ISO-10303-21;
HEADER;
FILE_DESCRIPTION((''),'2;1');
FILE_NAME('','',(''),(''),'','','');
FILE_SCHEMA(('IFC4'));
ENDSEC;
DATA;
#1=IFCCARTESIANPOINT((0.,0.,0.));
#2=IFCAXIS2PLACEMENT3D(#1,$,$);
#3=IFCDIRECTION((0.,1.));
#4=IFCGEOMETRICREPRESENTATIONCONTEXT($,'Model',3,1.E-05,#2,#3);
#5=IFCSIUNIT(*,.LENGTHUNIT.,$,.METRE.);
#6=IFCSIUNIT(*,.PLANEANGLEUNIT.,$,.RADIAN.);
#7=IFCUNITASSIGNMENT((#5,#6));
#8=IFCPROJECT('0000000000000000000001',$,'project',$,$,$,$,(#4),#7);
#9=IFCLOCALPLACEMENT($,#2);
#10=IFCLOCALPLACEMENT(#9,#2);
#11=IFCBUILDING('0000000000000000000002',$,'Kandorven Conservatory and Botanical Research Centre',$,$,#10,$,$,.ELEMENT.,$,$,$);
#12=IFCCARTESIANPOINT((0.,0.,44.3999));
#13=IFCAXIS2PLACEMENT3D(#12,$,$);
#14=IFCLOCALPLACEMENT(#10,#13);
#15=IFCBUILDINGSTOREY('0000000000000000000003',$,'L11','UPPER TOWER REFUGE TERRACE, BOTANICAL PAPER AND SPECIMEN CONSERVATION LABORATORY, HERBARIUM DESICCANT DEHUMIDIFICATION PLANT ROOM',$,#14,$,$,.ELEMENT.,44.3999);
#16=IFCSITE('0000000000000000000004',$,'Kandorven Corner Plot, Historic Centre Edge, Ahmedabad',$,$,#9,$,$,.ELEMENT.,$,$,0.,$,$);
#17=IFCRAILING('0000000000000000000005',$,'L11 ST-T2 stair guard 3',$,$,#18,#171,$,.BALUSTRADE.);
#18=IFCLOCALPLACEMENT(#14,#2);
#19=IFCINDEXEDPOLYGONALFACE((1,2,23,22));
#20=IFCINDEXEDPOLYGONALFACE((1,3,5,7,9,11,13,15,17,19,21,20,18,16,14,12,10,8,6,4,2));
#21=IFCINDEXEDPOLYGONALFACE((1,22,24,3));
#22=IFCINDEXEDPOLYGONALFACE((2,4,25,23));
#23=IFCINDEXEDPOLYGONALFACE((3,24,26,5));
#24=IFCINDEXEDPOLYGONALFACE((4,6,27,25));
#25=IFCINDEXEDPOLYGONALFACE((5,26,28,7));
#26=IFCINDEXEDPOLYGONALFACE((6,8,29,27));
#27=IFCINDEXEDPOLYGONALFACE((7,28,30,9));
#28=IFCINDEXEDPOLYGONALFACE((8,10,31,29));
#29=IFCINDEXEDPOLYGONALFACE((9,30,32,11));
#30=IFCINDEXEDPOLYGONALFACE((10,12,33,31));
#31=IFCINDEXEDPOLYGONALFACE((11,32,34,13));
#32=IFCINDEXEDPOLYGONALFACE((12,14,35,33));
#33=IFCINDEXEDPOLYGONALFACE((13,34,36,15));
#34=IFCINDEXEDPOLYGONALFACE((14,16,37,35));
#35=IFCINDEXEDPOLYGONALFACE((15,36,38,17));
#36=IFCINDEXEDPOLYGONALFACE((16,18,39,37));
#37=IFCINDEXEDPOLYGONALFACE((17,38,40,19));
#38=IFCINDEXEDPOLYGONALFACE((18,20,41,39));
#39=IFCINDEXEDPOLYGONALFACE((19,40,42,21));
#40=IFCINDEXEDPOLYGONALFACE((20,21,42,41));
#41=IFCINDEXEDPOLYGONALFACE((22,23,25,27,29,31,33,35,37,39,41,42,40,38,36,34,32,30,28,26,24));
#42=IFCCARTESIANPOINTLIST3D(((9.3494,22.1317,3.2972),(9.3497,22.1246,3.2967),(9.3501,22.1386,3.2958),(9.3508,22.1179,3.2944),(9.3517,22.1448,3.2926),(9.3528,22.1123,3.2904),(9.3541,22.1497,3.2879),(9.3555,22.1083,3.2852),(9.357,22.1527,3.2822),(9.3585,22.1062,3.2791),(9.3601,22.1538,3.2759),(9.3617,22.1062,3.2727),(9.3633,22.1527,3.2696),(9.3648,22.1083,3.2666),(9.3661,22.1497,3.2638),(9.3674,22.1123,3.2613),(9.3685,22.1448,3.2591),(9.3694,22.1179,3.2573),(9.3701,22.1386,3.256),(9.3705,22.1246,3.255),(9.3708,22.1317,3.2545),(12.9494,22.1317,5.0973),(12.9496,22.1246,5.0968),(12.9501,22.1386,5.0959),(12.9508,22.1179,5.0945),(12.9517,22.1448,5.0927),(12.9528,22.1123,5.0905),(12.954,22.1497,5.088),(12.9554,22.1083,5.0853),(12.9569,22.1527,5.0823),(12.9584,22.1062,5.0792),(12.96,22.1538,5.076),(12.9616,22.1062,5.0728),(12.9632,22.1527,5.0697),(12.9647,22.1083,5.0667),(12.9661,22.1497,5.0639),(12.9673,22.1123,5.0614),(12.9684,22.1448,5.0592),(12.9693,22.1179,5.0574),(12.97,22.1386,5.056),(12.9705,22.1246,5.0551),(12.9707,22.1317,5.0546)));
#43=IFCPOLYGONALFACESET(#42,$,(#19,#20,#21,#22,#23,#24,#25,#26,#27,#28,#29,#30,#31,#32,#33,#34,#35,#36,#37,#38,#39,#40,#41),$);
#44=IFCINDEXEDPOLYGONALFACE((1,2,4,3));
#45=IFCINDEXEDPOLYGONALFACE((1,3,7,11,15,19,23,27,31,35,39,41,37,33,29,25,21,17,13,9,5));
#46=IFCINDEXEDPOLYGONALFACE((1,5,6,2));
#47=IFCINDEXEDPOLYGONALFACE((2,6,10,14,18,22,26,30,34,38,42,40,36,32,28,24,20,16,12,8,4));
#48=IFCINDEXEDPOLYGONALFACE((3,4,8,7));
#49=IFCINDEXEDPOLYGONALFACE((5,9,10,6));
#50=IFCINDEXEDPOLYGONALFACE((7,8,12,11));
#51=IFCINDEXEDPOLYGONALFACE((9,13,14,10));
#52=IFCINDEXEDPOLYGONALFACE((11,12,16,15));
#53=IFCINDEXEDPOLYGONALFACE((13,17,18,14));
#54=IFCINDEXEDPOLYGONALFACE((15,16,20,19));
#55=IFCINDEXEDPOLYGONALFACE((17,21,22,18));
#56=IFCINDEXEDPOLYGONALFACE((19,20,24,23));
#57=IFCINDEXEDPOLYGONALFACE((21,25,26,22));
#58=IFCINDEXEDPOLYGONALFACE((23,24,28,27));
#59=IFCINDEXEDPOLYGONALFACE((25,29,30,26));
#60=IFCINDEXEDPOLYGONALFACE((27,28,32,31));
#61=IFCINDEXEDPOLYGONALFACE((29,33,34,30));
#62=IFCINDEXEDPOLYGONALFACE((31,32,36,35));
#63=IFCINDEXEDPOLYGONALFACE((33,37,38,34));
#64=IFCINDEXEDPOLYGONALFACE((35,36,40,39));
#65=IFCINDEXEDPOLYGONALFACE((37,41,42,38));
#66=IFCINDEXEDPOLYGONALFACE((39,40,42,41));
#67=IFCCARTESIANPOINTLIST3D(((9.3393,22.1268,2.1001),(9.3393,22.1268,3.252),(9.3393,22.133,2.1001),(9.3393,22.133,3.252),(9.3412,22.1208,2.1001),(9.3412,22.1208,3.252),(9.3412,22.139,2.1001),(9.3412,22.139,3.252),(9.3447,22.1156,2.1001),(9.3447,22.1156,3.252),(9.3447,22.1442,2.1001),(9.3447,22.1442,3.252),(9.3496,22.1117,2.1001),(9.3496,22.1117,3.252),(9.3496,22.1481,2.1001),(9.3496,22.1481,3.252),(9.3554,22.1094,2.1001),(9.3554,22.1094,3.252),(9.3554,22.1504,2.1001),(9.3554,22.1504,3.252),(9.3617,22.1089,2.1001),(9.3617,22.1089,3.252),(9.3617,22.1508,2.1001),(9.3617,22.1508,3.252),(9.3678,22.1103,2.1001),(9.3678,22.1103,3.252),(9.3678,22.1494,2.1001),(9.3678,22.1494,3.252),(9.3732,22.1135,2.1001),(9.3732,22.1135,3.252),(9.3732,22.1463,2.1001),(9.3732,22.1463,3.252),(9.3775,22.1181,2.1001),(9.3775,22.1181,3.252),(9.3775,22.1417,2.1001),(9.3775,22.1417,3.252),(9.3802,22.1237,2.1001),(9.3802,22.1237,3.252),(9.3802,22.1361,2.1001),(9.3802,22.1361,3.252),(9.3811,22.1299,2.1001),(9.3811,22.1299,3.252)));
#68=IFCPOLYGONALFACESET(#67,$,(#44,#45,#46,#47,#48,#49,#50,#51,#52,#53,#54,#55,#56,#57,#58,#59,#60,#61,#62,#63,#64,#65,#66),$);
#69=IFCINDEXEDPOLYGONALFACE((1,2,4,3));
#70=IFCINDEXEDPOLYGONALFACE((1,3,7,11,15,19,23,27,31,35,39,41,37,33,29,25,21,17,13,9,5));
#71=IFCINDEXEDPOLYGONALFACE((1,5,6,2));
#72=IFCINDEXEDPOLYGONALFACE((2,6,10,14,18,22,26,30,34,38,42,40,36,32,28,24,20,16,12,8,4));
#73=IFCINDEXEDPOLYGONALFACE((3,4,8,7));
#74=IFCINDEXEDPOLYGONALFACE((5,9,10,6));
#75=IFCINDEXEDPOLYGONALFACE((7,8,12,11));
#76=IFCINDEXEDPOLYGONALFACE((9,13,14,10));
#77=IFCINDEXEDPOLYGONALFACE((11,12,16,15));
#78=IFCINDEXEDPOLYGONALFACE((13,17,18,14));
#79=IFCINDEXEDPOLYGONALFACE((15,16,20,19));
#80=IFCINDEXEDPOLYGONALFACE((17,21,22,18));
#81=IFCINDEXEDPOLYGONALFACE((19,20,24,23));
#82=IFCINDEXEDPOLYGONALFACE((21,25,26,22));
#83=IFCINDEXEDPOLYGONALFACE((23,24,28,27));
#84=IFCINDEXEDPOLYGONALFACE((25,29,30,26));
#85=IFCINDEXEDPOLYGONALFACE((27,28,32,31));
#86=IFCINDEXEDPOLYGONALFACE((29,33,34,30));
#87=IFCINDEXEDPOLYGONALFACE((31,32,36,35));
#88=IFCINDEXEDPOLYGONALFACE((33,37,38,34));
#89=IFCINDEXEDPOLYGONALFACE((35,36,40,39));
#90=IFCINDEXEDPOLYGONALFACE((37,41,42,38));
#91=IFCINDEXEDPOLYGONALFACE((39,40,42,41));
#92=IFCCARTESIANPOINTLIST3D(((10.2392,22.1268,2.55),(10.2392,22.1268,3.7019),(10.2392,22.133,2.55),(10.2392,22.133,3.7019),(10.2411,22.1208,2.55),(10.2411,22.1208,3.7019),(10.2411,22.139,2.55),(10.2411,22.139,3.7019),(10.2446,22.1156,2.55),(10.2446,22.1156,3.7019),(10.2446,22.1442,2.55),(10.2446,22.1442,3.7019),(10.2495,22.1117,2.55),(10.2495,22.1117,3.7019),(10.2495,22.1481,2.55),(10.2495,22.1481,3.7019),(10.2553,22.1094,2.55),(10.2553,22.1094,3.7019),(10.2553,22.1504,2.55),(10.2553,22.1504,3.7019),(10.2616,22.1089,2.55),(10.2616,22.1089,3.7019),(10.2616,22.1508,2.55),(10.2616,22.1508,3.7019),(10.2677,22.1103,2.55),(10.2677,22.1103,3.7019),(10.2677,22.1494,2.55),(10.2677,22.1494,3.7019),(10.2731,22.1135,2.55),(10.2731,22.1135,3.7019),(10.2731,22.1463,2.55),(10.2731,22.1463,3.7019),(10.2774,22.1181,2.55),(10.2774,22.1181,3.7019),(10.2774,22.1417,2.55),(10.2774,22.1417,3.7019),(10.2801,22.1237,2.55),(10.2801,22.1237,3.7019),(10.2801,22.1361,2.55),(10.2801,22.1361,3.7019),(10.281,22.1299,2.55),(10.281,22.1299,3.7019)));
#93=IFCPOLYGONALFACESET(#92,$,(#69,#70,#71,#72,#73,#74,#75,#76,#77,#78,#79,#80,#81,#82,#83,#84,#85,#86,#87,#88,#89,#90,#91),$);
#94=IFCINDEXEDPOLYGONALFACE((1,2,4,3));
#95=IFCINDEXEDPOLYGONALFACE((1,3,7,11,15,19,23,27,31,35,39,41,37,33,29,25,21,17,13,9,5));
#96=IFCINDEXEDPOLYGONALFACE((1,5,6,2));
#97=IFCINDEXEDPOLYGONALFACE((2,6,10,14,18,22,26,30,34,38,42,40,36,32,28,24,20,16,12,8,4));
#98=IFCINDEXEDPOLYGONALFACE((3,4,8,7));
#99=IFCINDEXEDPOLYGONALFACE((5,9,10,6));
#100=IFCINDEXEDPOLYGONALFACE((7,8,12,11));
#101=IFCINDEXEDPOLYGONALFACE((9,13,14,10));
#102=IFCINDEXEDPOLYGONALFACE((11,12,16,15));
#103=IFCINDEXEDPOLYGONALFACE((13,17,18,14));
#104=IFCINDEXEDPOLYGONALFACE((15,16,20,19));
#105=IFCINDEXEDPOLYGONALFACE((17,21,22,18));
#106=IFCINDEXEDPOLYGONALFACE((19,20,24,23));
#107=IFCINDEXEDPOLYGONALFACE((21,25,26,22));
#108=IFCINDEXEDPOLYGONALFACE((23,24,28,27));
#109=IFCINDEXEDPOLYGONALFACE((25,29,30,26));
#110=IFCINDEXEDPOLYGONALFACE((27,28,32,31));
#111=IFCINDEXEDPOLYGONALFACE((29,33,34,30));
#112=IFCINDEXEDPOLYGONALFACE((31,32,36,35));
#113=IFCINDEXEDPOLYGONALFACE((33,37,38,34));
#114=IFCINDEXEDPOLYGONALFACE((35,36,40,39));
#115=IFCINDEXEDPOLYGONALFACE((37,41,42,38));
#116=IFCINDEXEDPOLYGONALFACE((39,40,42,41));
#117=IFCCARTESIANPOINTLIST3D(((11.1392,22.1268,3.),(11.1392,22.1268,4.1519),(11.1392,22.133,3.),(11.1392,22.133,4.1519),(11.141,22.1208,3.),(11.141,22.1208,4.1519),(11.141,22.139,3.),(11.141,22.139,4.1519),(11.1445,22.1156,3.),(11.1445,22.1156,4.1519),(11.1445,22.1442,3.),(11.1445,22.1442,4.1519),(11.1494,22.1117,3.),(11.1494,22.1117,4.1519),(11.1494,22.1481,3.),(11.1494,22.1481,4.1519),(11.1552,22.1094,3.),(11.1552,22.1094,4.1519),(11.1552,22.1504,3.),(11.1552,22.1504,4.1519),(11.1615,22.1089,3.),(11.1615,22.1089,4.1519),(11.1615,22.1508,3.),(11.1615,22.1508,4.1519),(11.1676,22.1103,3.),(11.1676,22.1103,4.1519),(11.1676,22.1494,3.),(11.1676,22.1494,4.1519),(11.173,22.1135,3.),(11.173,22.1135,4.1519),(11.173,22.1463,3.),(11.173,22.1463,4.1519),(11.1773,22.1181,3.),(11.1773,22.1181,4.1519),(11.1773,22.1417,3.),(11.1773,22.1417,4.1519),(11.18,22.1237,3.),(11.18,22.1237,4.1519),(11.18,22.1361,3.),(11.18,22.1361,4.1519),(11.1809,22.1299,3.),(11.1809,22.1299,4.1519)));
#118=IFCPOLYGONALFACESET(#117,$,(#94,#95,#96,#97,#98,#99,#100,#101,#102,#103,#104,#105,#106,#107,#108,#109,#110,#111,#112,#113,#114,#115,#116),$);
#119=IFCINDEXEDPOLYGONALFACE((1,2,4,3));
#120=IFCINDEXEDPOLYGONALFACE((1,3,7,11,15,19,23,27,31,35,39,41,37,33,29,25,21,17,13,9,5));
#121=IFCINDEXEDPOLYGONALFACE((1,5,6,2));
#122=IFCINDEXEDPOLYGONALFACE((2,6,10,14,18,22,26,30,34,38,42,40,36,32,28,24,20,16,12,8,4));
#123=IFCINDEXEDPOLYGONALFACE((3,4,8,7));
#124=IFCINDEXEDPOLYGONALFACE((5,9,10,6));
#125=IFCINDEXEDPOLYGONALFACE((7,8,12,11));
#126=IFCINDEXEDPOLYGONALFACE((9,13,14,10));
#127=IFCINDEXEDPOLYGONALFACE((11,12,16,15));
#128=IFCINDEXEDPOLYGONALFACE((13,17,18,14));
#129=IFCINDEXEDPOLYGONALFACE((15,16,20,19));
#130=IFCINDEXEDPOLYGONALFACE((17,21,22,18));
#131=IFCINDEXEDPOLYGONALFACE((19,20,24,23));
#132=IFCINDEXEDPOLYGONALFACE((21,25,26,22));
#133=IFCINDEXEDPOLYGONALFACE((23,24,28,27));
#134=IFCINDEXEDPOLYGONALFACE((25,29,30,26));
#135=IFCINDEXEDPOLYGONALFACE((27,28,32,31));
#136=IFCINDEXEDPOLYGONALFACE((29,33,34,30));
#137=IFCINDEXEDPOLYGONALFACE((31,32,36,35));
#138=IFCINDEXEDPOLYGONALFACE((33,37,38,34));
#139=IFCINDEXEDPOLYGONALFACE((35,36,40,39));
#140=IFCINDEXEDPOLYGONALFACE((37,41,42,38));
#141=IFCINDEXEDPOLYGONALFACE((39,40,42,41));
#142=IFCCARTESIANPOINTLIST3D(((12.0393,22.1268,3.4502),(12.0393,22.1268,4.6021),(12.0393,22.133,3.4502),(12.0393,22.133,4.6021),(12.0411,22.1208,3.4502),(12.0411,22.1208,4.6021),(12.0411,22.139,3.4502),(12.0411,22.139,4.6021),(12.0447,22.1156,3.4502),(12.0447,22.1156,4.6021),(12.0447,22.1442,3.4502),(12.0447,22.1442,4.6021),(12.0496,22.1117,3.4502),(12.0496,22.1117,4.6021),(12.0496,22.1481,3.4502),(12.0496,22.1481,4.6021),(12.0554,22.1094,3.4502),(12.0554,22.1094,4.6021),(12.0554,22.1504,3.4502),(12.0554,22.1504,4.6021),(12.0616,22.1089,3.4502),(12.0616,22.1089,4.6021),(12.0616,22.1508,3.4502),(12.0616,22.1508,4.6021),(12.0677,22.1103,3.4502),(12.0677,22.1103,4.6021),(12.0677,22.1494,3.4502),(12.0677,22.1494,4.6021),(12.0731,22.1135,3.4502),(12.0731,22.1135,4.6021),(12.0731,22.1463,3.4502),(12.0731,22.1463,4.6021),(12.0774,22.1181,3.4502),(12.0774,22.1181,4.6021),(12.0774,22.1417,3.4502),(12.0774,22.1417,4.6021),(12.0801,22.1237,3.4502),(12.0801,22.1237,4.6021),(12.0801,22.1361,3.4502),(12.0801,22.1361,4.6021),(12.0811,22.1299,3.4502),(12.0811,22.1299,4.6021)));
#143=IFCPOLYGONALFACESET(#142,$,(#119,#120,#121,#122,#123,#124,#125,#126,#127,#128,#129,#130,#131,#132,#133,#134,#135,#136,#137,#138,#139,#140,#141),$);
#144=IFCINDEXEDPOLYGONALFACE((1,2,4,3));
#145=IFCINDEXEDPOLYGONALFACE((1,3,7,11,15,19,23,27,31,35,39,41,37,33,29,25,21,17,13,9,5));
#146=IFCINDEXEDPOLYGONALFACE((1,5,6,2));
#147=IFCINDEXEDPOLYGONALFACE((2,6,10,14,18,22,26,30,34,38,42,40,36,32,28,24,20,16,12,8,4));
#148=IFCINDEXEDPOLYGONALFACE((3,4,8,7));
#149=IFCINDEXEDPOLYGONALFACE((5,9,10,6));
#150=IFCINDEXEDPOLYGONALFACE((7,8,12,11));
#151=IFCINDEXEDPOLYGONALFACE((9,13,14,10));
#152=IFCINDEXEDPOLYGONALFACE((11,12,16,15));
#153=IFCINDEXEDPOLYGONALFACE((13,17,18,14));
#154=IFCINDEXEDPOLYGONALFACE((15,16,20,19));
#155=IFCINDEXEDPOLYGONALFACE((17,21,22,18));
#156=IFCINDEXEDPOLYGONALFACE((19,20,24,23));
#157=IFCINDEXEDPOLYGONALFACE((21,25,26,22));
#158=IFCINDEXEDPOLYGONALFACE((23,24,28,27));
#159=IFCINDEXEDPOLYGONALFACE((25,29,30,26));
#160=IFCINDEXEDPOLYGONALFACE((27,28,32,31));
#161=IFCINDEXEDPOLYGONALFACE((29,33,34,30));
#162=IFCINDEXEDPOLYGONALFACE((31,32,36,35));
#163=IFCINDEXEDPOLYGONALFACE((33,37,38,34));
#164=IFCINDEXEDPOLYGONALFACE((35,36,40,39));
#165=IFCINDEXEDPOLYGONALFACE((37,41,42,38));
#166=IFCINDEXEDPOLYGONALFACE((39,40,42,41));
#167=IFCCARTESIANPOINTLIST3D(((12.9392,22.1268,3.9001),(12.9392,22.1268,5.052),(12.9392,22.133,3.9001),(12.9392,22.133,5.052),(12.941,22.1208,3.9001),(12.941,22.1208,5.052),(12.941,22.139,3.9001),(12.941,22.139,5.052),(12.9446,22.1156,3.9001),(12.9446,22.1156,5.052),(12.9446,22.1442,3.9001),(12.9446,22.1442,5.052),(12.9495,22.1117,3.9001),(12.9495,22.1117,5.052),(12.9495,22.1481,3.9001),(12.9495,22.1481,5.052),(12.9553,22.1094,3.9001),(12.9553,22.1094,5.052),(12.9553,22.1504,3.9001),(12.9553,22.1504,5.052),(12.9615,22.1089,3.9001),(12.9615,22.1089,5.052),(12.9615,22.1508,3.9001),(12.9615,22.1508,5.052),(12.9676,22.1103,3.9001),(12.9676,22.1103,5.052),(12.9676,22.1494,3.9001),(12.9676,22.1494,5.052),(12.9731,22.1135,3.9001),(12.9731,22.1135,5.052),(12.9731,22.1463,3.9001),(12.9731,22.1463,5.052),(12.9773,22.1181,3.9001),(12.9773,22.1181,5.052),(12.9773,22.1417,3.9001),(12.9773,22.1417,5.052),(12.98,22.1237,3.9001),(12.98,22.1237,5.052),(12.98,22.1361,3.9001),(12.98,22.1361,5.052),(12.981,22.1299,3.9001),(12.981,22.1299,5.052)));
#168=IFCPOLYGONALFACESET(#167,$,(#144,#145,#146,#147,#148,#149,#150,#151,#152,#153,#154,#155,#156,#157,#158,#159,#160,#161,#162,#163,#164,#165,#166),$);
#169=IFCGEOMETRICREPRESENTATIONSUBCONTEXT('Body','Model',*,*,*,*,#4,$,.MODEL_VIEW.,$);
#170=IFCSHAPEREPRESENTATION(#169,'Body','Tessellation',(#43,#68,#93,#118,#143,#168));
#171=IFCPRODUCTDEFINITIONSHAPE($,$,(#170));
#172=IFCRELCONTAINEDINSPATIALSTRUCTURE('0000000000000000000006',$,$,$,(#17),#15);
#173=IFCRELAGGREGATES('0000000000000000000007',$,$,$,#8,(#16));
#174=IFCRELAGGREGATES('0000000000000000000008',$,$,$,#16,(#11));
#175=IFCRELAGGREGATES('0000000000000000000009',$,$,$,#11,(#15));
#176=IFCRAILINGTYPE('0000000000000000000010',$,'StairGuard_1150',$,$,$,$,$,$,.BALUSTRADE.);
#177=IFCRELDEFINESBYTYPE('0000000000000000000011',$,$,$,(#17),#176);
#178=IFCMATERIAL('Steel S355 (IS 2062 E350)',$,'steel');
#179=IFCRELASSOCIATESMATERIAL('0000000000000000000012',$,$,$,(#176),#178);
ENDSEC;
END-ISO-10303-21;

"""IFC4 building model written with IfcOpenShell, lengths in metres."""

from ifc_helpers import new_model, si_unit, direction, frame, origin, origin_2d, place, context, subcontext, project, spatial, circle, extrude, material, type_object, element, save


model = new_model("IFC4")

# Units and contexts
model_context = context("Model", 3, precision=1e-05, world=origin(), true_north=direction((0.0, 1.0)))
body_context = subcontext(model_context, "Body", "Model", "MODEL_VIEW")
ifc_project = project(units=[si_unit("LENGTHUNIT", "METRE"), si_unit("PLANEANGLEUNIT", "RADIAN")], contexts=[model_context])

# Site, building, storey
site_placement = place(None, origin())
site = spatial("IfcSite", under=ifc_project, at=site_placement, Name="Kandorven Corner Plot, Historic Centre Edge, Ahmedabad", CompositionType="ELEMENT", RefElevation=0.0)
building_placement = place(site_placement, origin())
building = spatial("IfcBuilding", under=site, at=building_placement, Name="Kandorven Conservatory and Botanical Research Centre", CompositionType="ELEMENT")
storey_placement = place(building_placement, frame((0.0, 0.0, 44.3999)))
storey = spatial("IfcBuildingStorey", under=building, at=storey_placement, Name="L11", Description="UPPER TOWER REFUGE TERRACE, BOTANICAL PAPER AND SPECIMEN CONSERVATION LABORATORY, HERBARIUM DESICCANT DEHUMIDIFICATION PLANT ROOM", CompositionType="ELEMENT", Elevation=44.3999)

# Railing
ifc_material_1 = material(Name="Steel S355 (IS 2062 E350)", Category="steel")
railing_type_1 = type_object("IfcRailingType", Name="StairGuard_1150", PredefinedType="BALUSTRADE", material=ifc_material_1)
railing_1_placement = place(storey_placement, frame((9.3601, 22.1299, 2.1001)))
element("IfcRailing", 1, at=railing_1_placement, inside=storey, type_object=railing_type_1, Name="L11 ST-T2 stair guard 3", PredefinedType="BALUSTRADE", context=body_context, shape_type="SweptSolid", body=[
    extrude(circle(Radius=0.0239, at=origin_2d()), frame((0.0, 0.0, 1.1758), z_axis=(0.894415, 0.0, 0.447238), x_axis=(0.0, 1.0, 0.0)), (0.0, 0.0, 1.0), 4.0249),
    extrude(circle(Radius=0.021, at=origin_2d()), origin(), (0.0, 0.0, 1.0), 1.1519),
    extrude(circle(Radius=0.021, at=origin_2d()), frame((0.8999, 0.0, 0.45)), (0.0, 0.0, 1.0), 1.1519),
    extrude(circle(Radius=0.021, at=origin_2d()), frame((1.7998, 0.0, 0.8999)), (0.0, 0.0, 1.0), 1.1519),
    extrude(circle(Radius=0.021, at=origin_2d()), frame((2.7, 0.0, 1.3501)), (0.0, 0.0, 1.0), 1.1519),
    extrude(circle(Radius=0.021, at=origin_2d()), frame((3.5999, 0.0, 1.8)), (0.0, 0.0, 1.0), 1.1519),
])

save(model, "model.ifc")
